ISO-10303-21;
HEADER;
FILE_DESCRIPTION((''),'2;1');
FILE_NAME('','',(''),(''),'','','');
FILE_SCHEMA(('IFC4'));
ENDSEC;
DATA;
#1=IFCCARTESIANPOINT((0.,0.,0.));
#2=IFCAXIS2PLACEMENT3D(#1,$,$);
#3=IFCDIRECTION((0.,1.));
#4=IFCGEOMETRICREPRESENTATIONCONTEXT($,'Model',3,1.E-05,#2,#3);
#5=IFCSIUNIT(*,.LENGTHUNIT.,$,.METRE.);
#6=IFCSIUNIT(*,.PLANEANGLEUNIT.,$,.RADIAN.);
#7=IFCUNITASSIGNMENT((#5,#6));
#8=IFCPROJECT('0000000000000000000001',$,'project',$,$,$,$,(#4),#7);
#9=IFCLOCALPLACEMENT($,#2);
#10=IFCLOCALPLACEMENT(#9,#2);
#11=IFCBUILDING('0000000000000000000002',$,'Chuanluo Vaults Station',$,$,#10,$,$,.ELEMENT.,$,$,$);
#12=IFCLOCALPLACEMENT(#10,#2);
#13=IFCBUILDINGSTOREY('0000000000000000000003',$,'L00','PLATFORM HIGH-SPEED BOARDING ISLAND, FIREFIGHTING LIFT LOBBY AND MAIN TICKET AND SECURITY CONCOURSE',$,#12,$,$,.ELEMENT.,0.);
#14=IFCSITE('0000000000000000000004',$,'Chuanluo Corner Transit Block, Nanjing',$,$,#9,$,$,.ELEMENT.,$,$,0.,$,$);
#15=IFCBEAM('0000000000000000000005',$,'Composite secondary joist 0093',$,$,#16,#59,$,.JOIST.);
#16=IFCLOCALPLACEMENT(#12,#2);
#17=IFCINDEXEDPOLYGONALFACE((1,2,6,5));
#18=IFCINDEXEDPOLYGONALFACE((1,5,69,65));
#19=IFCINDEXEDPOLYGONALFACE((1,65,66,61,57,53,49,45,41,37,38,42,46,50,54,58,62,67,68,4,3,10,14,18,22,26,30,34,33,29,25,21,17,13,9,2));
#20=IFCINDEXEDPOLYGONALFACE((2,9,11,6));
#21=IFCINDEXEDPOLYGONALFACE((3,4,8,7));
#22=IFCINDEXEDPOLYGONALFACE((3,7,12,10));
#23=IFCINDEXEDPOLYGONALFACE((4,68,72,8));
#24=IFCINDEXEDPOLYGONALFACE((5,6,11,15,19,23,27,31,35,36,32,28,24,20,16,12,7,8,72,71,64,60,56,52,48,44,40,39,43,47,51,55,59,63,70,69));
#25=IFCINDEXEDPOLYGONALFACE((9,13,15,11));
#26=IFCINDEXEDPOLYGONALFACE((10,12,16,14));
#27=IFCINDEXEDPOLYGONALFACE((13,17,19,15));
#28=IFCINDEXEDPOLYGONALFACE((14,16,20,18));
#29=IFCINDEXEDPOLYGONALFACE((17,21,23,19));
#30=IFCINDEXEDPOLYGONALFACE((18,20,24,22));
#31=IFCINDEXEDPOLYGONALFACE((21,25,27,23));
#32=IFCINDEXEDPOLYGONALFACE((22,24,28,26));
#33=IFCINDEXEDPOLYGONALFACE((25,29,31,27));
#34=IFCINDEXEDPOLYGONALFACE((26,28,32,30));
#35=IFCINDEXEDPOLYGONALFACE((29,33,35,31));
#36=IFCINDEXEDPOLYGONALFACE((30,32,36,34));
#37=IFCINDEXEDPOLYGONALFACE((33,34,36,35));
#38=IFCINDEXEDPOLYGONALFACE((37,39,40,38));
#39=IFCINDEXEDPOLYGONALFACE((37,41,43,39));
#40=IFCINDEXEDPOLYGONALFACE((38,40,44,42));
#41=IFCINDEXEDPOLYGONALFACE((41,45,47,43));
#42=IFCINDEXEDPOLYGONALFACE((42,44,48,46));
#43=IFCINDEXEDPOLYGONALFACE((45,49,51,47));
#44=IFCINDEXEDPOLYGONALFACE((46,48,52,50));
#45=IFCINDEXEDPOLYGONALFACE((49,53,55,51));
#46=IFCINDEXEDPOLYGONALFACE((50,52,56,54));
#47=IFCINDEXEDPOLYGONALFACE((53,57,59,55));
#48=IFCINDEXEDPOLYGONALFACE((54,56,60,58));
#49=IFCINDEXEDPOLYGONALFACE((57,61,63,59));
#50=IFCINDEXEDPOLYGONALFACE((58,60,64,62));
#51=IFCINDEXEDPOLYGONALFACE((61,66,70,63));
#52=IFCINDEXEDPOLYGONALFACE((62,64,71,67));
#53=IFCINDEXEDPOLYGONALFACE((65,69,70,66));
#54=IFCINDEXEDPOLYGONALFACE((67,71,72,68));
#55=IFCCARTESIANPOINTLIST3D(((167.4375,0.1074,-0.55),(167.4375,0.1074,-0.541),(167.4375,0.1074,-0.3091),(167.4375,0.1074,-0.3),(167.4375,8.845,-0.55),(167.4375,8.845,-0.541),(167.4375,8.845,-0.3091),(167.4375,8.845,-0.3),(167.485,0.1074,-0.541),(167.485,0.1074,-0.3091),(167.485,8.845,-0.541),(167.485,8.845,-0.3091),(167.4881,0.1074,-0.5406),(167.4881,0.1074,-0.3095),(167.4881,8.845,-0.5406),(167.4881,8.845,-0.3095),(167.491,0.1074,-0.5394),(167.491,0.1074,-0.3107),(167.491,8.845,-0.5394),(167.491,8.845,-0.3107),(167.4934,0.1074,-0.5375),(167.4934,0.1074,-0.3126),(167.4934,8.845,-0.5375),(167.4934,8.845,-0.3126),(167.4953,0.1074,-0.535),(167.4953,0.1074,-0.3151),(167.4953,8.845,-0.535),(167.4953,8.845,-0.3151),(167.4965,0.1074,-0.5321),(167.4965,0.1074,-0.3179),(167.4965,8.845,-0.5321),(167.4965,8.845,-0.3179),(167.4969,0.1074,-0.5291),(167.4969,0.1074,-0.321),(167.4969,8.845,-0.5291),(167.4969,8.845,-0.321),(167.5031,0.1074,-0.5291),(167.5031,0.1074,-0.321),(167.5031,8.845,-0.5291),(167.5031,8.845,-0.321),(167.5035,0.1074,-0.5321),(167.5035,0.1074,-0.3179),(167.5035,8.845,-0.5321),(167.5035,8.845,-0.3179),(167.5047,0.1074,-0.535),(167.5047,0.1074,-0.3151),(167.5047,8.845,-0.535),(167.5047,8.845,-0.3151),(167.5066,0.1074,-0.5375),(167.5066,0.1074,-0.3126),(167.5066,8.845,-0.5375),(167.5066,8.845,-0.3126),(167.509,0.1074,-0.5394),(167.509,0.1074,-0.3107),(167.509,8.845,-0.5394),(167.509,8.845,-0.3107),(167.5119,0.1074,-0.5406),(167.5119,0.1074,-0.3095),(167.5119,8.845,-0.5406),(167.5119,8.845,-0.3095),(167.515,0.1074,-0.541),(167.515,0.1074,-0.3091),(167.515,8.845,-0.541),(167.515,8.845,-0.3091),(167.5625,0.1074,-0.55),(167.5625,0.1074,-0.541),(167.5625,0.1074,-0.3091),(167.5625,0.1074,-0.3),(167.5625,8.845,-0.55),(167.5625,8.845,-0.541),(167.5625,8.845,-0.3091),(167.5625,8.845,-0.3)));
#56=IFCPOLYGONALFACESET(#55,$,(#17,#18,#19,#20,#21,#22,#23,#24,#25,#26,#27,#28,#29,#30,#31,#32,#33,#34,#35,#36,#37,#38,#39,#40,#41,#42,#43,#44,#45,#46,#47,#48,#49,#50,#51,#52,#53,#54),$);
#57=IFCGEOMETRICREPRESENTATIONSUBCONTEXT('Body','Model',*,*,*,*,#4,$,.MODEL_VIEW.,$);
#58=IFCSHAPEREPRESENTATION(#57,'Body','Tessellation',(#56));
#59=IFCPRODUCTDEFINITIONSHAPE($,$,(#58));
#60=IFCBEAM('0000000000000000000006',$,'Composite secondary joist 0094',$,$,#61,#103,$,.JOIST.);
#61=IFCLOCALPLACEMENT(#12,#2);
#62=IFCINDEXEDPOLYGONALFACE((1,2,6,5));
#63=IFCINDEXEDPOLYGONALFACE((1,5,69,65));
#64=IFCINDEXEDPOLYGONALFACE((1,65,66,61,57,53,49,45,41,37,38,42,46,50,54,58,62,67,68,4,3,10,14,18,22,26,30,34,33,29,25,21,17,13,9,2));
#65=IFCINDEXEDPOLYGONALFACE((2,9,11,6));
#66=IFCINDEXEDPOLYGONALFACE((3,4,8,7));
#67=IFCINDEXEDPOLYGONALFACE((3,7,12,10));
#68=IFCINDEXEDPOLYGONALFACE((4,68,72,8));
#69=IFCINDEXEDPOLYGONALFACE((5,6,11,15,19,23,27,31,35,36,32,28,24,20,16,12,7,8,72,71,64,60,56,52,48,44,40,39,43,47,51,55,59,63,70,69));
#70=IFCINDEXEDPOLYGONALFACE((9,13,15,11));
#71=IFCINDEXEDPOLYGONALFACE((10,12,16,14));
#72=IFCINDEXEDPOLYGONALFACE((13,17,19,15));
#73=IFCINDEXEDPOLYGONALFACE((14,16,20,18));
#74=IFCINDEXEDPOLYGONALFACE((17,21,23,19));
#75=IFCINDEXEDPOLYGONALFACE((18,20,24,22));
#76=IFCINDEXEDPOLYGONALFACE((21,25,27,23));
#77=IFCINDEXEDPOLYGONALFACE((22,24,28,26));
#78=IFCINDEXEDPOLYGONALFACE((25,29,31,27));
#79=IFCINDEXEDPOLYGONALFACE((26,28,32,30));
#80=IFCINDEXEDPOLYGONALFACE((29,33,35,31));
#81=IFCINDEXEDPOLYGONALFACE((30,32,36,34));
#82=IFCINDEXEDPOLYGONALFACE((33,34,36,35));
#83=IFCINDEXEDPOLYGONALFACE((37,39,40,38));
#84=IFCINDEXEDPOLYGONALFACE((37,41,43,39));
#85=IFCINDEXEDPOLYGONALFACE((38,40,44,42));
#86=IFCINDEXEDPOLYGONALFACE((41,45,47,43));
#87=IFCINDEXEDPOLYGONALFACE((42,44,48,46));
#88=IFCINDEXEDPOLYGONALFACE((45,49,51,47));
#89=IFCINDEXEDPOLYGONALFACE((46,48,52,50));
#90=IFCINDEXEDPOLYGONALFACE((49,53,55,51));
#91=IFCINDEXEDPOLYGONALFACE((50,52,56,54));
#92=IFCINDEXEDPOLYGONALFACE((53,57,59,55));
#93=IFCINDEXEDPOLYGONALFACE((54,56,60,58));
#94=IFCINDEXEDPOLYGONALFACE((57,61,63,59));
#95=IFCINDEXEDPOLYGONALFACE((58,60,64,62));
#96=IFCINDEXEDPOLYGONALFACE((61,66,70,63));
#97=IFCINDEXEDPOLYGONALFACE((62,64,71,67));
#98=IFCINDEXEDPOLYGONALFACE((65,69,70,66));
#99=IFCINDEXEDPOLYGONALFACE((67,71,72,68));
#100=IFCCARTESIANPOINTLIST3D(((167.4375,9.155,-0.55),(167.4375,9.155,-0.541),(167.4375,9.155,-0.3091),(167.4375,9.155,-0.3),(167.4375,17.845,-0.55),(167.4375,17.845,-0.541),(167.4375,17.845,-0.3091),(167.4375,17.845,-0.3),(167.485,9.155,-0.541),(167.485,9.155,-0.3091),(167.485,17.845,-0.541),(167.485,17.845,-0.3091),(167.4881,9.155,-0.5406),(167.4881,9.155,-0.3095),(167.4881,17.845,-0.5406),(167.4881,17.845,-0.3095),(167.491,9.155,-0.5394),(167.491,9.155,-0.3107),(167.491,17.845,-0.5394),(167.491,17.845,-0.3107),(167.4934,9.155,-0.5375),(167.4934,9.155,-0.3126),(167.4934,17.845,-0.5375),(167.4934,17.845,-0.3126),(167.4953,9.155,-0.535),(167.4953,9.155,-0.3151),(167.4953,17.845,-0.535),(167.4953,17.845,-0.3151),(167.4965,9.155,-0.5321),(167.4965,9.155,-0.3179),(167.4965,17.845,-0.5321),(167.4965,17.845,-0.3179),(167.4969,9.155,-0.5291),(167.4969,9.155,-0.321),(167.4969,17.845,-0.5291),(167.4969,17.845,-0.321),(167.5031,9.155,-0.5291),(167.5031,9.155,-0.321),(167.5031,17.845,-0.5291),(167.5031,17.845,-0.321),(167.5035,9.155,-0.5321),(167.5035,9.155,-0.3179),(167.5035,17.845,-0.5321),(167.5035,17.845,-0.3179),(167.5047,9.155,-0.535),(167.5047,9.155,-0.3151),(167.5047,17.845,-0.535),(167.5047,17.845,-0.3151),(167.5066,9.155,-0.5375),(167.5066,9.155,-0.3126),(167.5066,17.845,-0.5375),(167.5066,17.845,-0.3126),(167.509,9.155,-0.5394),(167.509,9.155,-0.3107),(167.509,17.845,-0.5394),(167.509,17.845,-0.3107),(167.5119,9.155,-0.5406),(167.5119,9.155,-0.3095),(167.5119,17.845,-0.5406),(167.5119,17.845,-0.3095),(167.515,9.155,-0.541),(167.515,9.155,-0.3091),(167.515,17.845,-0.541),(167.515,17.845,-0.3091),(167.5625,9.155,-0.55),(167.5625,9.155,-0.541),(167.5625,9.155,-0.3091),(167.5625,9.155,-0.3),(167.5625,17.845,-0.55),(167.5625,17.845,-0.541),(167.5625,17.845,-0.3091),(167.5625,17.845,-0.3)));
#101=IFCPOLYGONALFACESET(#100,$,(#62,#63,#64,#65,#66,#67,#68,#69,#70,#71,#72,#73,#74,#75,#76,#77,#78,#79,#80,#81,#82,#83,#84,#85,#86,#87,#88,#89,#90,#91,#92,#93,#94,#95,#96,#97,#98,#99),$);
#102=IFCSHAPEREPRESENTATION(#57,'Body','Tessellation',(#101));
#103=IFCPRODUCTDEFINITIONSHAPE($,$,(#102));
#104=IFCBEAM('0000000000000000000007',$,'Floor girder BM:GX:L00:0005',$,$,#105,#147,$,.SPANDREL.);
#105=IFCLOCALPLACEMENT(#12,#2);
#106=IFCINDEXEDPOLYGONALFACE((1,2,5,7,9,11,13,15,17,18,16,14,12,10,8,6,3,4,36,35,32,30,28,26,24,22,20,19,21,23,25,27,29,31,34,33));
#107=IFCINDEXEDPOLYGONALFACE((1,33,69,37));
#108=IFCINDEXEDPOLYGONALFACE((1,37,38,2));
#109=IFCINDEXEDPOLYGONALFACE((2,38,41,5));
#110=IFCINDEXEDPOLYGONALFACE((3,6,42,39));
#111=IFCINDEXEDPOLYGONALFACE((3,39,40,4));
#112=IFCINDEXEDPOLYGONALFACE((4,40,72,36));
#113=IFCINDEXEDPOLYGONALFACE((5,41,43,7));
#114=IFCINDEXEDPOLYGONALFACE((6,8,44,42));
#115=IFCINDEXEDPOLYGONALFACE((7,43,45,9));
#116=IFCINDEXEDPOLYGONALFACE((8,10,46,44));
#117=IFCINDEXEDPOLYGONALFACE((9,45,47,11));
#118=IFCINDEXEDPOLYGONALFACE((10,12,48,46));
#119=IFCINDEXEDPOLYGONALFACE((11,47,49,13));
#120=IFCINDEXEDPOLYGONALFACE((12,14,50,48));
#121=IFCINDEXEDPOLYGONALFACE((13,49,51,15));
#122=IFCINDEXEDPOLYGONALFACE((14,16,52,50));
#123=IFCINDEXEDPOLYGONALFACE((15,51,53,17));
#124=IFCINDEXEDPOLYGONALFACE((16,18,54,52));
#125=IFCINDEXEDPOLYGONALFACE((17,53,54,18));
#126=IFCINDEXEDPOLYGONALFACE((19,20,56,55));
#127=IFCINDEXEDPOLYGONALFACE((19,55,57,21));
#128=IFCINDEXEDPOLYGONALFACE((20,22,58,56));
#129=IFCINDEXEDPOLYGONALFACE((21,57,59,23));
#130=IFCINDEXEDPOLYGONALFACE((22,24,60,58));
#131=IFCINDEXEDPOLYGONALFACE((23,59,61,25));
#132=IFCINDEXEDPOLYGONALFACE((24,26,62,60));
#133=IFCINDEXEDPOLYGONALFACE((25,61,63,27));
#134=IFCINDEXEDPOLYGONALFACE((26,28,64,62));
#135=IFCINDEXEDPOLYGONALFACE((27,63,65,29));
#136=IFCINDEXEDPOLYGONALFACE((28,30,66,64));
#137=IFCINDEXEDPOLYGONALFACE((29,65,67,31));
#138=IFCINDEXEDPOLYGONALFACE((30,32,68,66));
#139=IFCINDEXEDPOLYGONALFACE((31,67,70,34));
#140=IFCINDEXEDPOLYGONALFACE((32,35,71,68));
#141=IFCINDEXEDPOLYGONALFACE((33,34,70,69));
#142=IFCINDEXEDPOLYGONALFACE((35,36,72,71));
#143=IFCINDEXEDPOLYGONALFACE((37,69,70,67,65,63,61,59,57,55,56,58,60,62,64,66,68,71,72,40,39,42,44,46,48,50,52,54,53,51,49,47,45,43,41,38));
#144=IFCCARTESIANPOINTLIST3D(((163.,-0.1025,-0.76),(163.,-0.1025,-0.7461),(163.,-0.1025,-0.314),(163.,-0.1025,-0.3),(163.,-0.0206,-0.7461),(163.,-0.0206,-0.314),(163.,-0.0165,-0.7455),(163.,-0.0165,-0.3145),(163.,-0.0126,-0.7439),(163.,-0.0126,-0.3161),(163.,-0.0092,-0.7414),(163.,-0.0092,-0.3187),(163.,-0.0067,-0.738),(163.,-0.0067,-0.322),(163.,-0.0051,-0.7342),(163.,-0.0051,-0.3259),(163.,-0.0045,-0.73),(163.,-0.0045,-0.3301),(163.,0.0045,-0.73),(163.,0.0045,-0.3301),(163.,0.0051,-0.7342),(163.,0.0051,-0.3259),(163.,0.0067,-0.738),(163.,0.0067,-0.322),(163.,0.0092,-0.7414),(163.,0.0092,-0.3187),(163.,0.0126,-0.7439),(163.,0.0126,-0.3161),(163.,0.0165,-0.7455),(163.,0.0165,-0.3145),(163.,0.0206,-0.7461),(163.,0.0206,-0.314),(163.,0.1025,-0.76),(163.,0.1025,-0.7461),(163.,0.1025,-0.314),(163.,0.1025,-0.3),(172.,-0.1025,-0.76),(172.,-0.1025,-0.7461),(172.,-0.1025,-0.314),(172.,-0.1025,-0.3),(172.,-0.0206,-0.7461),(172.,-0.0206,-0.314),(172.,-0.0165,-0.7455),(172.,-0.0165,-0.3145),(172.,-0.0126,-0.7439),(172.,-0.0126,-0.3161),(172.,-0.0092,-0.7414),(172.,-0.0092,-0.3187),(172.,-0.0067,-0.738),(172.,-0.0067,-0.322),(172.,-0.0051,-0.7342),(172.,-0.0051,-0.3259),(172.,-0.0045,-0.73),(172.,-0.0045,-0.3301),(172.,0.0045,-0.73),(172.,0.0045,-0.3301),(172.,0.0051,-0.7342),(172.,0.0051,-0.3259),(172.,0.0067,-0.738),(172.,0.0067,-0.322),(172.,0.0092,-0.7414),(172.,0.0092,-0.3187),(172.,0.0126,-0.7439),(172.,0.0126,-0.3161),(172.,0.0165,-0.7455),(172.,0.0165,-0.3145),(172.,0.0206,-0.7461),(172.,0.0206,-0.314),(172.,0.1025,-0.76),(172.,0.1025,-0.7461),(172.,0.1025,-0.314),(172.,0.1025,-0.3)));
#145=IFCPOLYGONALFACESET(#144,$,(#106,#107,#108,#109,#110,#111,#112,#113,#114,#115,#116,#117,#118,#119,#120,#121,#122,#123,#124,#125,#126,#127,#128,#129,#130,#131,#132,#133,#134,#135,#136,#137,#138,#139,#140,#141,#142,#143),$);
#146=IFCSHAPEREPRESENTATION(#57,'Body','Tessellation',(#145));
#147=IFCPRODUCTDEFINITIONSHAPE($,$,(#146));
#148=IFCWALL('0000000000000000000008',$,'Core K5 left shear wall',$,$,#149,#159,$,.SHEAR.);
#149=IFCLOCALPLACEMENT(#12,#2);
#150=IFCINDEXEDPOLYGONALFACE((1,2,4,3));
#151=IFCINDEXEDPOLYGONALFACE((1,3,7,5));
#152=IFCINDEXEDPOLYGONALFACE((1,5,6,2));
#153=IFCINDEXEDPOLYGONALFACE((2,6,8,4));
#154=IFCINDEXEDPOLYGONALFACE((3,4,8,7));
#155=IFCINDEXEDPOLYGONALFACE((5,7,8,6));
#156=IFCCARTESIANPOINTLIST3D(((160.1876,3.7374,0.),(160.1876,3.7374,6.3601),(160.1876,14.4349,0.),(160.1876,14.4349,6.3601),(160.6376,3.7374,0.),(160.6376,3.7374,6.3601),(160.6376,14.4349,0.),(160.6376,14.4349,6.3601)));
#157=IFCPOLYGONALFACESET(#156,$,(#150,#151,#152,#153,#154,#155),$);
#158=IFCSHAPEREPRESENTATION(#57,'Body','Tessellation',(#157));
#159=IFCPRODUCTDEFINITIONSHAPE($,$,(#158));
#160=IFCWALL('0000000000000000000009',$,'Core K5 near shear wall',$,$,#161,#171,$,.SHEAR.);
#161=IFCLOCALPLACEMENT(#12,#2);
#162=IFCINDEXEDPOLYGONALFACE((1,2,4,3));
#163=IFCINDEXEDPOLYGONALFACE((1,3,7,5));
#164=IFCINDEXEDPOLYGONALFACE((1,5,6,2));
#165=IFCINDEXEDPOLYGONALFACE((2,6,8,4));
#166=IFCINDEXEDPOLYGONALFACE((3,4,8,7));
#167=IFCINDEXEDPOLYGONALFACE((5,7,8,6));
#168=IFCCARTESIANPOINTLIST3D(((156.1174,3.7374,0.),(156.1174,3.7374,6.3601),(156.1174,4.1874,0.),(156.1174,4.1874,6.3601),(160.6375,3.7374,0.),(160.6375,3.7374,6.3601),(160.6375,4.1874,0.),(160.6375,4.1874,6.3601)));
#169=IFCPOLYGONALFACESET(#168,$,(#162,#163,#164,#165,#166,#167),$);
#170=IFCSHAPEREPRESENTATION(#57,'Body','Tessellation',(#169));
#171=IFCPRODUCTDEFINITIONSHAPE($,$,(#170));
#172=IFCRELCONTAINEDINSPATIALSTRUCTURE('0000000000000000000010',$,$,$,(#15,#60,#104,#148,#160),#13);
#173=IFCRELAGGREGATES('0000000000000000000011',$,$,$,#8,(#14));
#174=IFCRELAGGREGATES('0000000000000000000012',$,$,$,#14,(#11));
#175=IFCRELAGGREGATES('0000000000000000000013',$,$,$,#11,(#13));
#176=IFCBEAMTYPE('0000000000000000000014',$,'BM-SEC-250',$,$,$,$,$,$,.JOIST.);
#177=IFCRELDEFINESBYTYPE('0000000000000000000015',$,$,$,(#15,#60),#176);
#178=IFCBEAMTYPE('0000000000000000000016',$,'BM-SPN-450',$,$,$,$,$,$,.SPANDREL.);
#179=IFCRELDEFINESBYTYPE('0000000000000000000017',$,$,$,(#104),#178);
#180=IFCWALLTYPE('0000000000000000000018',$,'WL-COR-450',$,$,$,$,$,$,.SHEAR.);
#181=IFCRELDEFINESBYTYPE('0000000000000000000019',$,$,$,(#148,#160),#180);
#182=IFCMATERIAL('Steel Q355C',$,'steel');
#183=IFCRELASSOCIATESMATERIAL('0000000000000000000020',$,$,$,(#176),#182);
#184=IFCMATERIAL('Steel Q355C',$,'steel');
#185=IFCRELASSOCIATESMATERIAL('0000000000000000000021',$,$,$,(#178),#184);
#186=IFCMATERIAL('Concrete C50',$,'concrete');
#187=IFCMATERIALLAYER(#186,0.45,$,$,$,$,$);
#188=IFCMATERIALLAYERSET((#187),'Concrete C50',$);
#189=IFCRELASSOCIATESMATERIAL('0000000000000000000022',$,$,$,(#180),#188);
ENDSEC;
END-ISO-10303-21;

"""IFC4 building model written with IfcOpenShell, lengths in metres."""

from ifc_helpers import new_model, si_unit, direction, frame, frame_2d, origin, origin_2d, place, context, subcontext, project, spatial, rectangle, i_section, extrude, material, layer, layer_set, material_profile, profile_set, type_object, element, save


model = new_model("IFC4")

# Units and contexts
model_context = context("Model", 3, precision=1e-05, world=origin(), true_north=direction((0.0, 1.0)))
body_context = subcontext(model_context, "Body", "Model", "MODEL_VIEW")
ifc_project = project(units=[si_unit("LENGTHUNIT", "METRE"), si_unit("PLANEANGLEUNIT", "RADIAN")], contexts=[model_context])

# Site, building, storey
site_placement = place(None, origin())
site = spatial("IfcSite", under=ifc_project, at=site_placement, Name="Chuanluo Corner Transit Block, Nanjing", CompositionType="ELEMENT", RefElevation=0.0)
building_placement = place(site_placement, origin())
building = spatial("IfcBuilding", under=site, at=building_placement, Name="Chuanluo Vaults Station", CompositionType="ELEMENT")
storey_placement = place(building_placement, origin())
storey = spatial("IfcBuildingStorey", under=building, at=storey_placement, Name="L00", Description="PLATFORM HIGH-SPEED BOARDING ISLAND, FIREFIGHTING LIFT LOBBY AND MAIN TICKET AND SECURITY CONCOURSE", CompositionType="ELEMENT", Elevation=0.0)

# Beams
ifc_material_1 = material(Name="Steel Q355C", Category="steel")
ifc_material_profile_1 = material_profile(ifc_material_1, i_section(OverallWidth=0.125, OverallDepth=0.25, WebThickness=0.0061, FlangeThickness=0.009, FilletRadius=0.012, at=origin_2d()))
ifc_profile_set_1 = profile_set([ifc_material_profile_1], Name="Steel Q355C")
beam_type_1 = type_object("IfcBeamType", Name="BM-SEC-250", PredefinedType="JOIST", material=ifc_profile_set_1)
beam_1_placement = place(storey_placement, frame((167.5, 0.1074, -0.425), z_axis=(0.0, 1.0, 0.0), x_axis=(-1.0, 0.0, 0.0)))
element("IfcBeam", 1, at=beam_1_placement, inside=storey, type_object=beam_type_1, Name="Composite secondary joist 0093", PredefinedType="JOIST", context=body_context, shape_type="SweptSolid", body=[
    extrude(i_section(OverallWidth=0.125, OverallDepth=0.25, WebThickness=0.0061, FlangeThickness=0.009, FilletRadius=0.012, at=origin_2d()), origin(), (0.0, 0.0, 1.0), 8.7375),
])
beam_2_placement = place(storey_placement, frame((167.5, 9.155, -0.425), z_axis=(0.0, 1.0, 0.0), x_axis=(-1.0, 0.0, 0.0)))
element("IfcBeam", 2, at=beam_2_placement, inside=storey, type_object=beam_type_1, Name="Composite secondary joist 0094", PredefinedType="JOIST", context=body_context, shape_type="SweptSolid", body=[
    extrude(i_section(OverallWidth=0.125, OverallDepth=0.25, WebThickness=0.0061, FlangeThickness=0.009, FilletRadius=0.012, at=origin_2d()), origin(), (0.0, 0.0, 1.0), 8.6899),
])
ifc_material_2 = material(Name="Steel Q355C", Category="steel")
ifc_material_profile_2 = material_profile(ifc_material_2, i_section(OverallWidth=0.2051, OverallDepth=0.46, WebThickness=0.009, FlangeThickness=0.0139, FilletRadius=0.0161, at=origin_2d()))
ifc_profile_set_2 = profile_set([ifc_material_profile_2], Name="Steel Q355C")
beam_type_2 = type_object("IfcBeamType", Name="BM-SPN-450", PredefinedType="SPANDREL", material=ifc_profile_set_2)
beam_3_placement = place(storey_placement, frame((163.0, 0.0, -0.53), z_axis=(1.0, 0.0, 0.0), x_axis=(0.0, 1.0, 0.0)))
element("IfcBeam", 3, at=beam_3_placement, inside=storey, type_object=beam_type_2, Name="Floor girder BM:GX:L00:0005", PredefinedType="SPANDREL", context=body_context, shape_type="SweptSolid", body=[
    extrude(i_section(OverallWidth=0.2051, OverallDepth=0.46, WebThickness=0.009, FlangeThickness=0.0139, FilletRadius=0.0161, at=origin_2d()), origin(), (0.0, 0.0, 1.0), 9.0),
])

# Walls
ifc_material_3 = material(Name="Concrete C50", Category="concrete")
ifc_layer_1 = layer(ifc_material_3, 0.45)
ifc_layer_set_1 = layer_set([ifc_layer_1], Name="Concrete C50")
wall_type_1 = type_object("IfcWallType", Name="WL-COR-450", PredefinedType="SHEAR", material=ifc_layer_set_1)
wall_1_placement = place(storey_placement, frame((160.4126, 3.7375, 0.0), z_axis=(0.0, 0.0, 1.0), x_axis=(0.0, 1.0, 0.0)))
element("IfcWall", 4, at=wall_1_placement, inside=storey, type_object=wall_type_1, Name="Core K5 left shear wall", PredefinedType="SHEAR", context=body_context, shape_type="SweptSolid", body=[
    extrude(rectangle(XDim=10.6975, YDim=0.45, at=frame_2d((5.3486, 0.0))), origin(), (0.0, 0.0, 1.0), 6.3601),
])
wall_2_placement = place(storey_placement, frame((156.1174, 3.9624, 0.0), z_axis=(0.0, 0.0, 1.0), x_axis=(1.0, 0.0, 0.0)))
element("IfcWall", 5, at=wall_2_placement, inside=storey, type_object=wall_type_1, Name="Core K5 near shear wall", PredefinedType="SHEAR", context=body_context, shape_type="SweptSolid", body=[
    extrude(rectangle(XDim=4.52, YDim=0.45, at=frame_2d((2.26, 0.0))), origin(), (0.0, 0.0, 1.0), 6.3601),
])

save(model, "model.ifc")
